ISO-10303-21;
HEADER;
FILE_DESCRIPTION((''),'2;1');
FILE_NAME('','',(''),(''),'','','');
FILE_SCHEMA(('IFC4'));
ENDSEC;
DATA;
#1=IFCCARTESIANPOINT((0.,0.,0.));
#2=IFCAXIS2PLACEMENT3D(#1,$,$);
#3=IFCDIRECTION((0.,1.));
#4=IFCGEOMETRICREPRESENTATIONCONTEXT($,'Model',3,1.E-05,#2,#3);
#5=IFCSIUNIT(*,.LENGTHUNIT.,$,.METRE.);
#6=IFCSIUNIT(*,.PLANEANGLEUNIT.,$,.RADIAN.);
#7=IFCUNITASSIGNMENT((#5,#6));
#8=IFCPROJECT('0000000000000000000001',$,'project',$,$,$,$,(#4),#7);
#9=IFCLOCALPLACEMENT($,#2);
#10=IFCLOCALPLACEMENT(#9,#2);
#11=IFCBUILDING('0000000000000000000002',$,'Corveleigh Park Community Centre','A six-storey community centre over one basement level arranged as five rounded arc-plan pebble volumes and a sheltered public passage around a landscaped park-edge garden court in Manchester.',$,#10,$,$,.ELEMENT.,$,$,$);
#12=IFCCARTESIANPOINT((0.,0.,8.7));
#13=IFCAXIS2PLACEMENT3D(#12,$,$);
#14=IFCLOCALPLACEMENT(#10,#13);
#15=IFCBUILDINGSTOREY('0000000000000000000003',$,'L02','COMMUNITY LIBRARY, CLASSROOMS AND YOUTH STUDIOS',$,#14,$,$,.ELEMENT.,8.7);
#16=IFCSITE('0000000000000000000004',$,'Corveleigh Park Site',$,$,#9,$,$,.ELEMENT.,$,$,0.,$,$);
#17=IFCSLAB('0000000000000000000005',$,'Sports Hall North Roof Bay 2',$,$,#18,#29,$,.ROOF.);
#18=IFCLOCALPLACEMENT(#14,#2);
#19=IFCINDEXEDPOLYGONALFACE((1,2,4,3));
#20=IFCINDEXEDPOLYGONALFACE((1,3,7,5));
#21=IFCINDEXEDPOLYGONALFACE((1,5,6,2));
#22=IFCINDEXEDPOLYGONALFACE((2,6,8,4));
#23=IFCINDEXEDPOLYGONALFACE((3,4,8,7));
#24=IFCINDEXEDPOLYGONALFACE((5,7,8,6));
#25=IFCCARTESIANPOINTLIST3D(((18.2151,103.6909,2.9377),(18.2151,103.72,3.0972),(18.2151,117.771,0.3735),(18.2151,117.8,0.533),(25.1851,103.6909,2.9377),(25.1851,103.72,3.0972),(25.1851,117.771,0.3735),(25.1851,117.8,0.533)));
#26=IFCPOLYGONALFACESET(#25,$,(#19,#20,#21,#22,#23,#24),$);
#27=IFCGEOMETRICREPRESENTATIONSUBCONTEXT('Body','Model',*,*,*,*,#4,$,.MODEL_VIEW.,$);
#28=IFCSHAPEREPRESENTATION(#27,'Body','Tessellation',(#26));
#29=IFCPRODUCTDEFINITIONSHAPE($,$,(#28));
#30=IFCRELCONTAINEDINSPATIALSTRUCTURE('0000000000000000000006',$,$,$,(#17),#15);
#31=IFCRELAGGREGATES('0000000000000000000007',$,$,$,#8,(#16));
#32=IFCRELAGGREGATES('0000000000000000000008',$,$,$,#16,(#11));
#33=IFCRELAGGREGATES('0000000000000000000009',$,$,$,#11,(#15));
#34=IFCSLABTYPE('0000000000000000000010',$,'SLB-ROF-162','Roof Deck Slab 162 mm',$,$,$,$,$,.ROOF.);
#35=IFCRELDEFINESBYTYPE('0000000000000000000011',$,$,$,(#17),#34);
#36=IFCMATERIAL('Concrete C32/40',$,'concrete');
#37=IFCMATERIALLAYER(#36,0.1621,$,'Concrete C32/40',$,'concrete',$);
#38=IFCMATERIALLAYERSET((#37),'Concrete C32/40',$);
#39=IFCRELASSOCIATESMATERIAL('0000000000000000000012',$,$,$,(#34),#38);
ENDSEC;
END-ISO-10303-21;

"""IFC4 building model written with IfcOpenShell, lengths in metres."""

from ifc_helpers import new_model, si_unit, direction, frame, origin, place, context, subcontext, project, spatial, polyline, outline, extrude, material, layer, layer_set, type_object, element, save


model = new_model("IFC4")

# Units and contexts
model_context = context("Model", 3, precision=1e-05, world=origin(), true_north=direction((0.0, 1.0)))
body_context = subcontext(model_context, "Body", "Model", "MODEL_VIEW")
ifc_project = project(units=[si_unit("LENGTHUNIT", "METRE"), si_unit("PLANEANGLEUNIT", "RADIAN")], contexts=[model_context])

# Site, building, storey
site_placement = place(None, origin())
site = spatial("IfcSite", under=ifc_project, at=site_placement, Name="Corveleigh Park Site", CompositionType="ELEMENT", RefElevation=0.0)
building_placement = place(site_placement, origin())
building = spatial("IfcBuilding", under=site, at=building_placement, Name="Corveleigh Park Community Centre", Description="A six-storey community centre over one basement level arranged as five rounded arc-plan pebble volumes and a sheltered public passage around a landscaped park-edge garden court in Manchester.", CompositionType="ELEMENT")
storey_placement = place(building_placement, frame((0.0, 0.0, 8.7)))
storey = spatial("IfcBuildingStorey", under=building, at=storey_placement, Name="L02", Description="COMMUNITY LIBRARY, CLASSROOMS AND YOUTH STUDIOS", CompositionType="ELEMENT", Elevation=8.7)

# Slab
ifc_material_1 = material(Name="Concrete C32/40", Category="concrete")
ifc_layer_1 = layer(ifc_material_1, 0.1621, Name="Concrete C32/40", Category="concrete")
ifc_layer_set_1 = layer_set([ifc_layer_1], Name="Concrete C32/40")
slab_type = type_object("IfcSlabType", Name="SLB-ROF-162", Description="Roof Deck Slab 162 mm", PredefinedType="ROOF", material=ifc_layer_set_1)
slab_1_placement = place(storey_placement, frame((18.2151, 103.72, 3.0972), z_axis=(0.0, 0.179169, 0.983818), x_axis=(1.0, 0.0, 0.0)))
element("IfcSlab", 1, at=slab_1_placement, inside=storey, type_object=slab_type, Name="Sports Hall North Roof Bay 2", PredefinedType="ROOF", context=body_context, shape_type="SweptSolid", body=[
    extrude(outline(polyline([(0.0, 0.0), (6.97, 0.0), (6.97, 14.3117), (0.0, 14.3117), (0.0, 0.0)])), origin(), (0.0, 0.0, -1.0), 0.1621),
])

save(model, "model.ifc")
